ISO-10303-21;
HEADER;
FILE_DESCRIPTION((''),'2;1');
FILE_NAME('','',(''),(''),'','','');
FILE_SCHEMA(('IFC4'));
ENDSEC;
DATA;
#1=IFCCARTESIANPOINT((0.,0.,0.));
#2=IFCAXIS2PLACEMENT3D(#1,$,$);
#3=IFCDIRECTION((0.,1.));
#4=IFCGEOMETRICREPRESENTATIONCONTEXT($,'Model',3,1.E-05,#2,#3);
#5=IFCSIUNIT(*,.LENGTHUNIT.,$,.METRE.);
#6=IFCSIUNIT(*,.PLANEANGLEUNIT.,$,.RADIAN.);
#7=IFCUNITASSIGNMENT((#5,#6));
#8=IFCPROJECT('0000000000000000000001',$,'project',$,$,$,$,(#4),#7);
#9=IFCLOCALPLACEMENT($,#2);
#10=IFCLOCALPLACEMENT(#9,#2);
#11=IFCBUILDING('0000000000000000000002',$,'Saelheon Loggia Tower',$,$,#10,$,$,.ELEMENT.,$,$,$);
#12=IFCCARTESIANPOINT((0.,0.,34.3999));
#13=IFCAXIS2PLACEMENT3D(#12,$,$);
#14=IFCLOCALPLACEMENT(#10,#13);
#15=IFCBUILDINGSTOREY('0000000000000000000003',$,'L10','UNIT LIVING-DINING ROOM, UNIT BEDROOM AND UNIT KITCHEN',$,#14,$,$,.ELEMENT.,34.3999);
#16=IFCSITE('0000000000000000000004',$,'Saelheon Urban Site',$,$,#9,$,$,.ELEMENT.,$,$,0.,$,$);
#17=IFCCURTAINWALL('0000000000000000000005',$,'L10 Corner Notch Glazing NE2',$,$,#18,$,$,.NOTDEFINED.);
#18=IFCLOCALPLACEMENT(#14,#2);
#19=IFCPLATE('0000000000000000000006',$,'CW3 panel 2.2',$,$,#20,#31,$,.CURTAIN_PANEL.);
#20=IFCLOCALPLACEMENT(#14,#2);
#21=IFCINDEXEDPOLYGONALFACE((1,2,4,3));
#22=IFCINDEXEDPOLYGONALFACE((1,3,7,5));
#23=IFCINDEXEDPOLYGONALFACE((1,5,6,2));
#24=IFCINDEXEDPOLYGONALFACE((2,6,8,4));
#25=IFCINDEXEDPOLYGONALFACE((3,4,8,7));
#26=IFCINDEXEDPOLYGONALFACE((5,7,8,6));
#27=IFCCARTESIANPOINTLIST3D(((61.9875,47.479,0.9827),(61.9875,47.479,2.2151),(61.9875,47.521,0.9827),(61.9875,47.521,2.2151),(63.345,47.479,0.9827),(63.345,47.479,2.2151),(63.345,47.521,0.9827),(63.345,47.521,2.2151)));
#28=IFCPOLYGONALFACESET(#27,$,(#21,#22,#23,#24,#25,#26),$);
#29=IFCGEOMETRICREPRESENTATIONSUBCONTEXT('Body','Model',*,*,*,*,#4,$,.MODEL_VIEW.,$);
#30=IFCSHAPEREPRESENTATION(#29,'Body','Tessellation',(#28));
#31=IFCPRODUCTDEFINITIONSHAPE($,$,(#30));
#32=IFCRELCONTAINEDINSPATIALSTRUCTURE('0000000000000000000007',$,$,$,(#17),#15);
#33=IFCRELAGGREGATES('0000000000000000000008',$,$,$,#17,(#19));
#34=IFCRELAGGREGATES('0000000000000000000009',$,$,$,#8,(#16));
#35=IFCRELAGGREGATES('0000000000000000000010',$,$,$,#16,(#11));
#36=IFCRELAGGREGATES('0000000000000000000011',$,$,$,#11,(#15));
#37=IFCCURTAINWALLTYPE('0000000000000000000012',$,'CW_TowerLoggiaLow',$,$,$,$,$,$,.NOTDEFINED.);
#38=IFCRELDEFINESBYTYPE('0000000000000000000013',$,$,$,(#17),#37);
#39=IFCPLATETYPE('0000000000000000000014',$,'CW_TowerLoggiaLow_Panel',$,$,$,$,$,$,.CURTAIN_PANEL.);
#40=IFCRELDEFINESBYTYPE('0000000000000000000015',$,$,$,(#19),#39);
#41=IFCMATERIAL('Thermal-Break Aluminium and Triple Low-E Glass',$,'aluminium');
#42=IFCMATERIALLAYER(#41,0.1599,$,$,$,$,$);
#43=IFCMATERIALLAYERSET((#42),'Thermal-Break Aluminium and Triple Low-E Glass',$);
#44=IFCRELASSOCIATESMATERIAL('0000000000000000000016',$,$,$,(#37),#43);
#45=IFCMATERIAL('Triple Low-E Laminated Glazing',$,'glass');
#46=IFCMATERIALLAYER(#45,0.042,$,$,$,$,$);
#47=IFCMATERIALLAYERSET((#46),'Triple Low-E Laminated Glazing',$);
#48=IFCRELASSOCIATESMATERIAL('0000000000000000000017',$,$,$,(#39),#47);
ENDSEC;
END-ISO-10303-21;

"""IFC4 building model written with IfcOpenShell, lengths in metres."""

from ifc_helpers import new_model, si_unit, direction, frame, origin, origin_2d, place, context, subcontext, project, spatial, rectangle, extrude, source, transform, mapped, material, layer, layer_set, type_object, element, aggregate, save


model = new_model("IFC4")

# Units and contexts
model_context = context("Model", 3, precision=1e-05, world=origin(), true_north=direction((0.0, 1.0)))
body_context = subcontext(model_context, "Body", "Model", "MODEL_VIEW")
ifc_project = project(units=[si_unit("LENGTHUNIT", "METRE"), si_unit("PLANEANGLEUNIT", "RADIAN")], contexts=[model_context])

# Site, building, storey
site_placement = place(None, origin())
site = spatial("IfcSite", under=ifc_project, at=site_placement, Name="Saelheon Urban Site", CompositionType="ELEMENT", RefElevation=0.0)
building_placement = place(site_placement, origin())
building = spatial("IfcBuilding", under=site, at=building_placement, Name="Saelheon Loggia Tower", CompositionType="ELEMENT")
storey_placement = place(building_placement, frame((0.0, 0.0, 34.3999)))
storey = spatial("IfcBuildingStorey", under=building, at=storey_placement, Name="L10", Description="UNIT LIVING-DINING ROOM, UNIT BEDROOM AND UNIT KITCHEN", CompositionType="ELEMENT", Elevation=34.3999)

# Curtain wall
ifc_material_1 = material(Name="Thermal-Break Aluminium and Triple Low-E Glass", Category="aluminium")
ifc_layer_1 = layer(ifc_material_1, 0.1599)
ifc_layer_set_1 = layer_set([ifc_layer_1], Name="Thermal-Break Aluminium and Triple Low-E Glass")
curtain_wall_type = type_object("IfcCurtainWallType", Name="CW_TowerLoggiaLow", PredefinedType="NOTDEFINED", material=ifc_layer_set_1)
curtain_wall_1_placement = place(storey_placement, origin())
curtain_wall_1 = element("IfcCurtainWall", 1, at=curtain_wall_1_placement, inside=storey, type_object=curtain_wall_type, Name="L10 Corner Notch Glazing NE2", PredefinedType="NOTDEFINED")

# Plate
ifc_material_2 = material(Name="Triple Low-E Laminated Glazing", Category="glass")
ifc_layer_2 = layer(ifc_material_2, 0.042)
ifc_layer_set_2 = layer_set([ifc_layer_2], Name="Triple Low-E Laminated Glazing")
plate_type = type_object("IfcPlateType", Name="CW_TowerLoggiaLow_Panel", PredefinedType="CURTAIN_PANEL", material=ifc_layer_set_2)
shared_shape_1 = source(origin(), body_context, "Body", "SweptSolid", [
    extrude(rectangle(XDim=1.3574, YDim=0.042, at=origin_2d()), origin(), (0.0, 0.0, 1.0), 1.2324),
])
plate_1_placement = place(storey_placement, frame((62.6663, 47.5, 0.9827), z_axis=(0.0, 0.0, 1.0), x_axis=(1.0, 0.0, 0.0)))
plate_1 = element("IfcPlate", 2, at=plate_1_placement, type_object=plate_type, Name="CW3 panel 2.2", PredefinedType="CURTAIN_PANEL", context=body_context, shape_type="MappedRepresentation", body=[
    mapped(shared_shape_1, transform((0.0, 0.0, 0.0), scale=1.0)),
])
aggregate(curtain_wall_1, [plate_1])

save(model, "model.ifc")
